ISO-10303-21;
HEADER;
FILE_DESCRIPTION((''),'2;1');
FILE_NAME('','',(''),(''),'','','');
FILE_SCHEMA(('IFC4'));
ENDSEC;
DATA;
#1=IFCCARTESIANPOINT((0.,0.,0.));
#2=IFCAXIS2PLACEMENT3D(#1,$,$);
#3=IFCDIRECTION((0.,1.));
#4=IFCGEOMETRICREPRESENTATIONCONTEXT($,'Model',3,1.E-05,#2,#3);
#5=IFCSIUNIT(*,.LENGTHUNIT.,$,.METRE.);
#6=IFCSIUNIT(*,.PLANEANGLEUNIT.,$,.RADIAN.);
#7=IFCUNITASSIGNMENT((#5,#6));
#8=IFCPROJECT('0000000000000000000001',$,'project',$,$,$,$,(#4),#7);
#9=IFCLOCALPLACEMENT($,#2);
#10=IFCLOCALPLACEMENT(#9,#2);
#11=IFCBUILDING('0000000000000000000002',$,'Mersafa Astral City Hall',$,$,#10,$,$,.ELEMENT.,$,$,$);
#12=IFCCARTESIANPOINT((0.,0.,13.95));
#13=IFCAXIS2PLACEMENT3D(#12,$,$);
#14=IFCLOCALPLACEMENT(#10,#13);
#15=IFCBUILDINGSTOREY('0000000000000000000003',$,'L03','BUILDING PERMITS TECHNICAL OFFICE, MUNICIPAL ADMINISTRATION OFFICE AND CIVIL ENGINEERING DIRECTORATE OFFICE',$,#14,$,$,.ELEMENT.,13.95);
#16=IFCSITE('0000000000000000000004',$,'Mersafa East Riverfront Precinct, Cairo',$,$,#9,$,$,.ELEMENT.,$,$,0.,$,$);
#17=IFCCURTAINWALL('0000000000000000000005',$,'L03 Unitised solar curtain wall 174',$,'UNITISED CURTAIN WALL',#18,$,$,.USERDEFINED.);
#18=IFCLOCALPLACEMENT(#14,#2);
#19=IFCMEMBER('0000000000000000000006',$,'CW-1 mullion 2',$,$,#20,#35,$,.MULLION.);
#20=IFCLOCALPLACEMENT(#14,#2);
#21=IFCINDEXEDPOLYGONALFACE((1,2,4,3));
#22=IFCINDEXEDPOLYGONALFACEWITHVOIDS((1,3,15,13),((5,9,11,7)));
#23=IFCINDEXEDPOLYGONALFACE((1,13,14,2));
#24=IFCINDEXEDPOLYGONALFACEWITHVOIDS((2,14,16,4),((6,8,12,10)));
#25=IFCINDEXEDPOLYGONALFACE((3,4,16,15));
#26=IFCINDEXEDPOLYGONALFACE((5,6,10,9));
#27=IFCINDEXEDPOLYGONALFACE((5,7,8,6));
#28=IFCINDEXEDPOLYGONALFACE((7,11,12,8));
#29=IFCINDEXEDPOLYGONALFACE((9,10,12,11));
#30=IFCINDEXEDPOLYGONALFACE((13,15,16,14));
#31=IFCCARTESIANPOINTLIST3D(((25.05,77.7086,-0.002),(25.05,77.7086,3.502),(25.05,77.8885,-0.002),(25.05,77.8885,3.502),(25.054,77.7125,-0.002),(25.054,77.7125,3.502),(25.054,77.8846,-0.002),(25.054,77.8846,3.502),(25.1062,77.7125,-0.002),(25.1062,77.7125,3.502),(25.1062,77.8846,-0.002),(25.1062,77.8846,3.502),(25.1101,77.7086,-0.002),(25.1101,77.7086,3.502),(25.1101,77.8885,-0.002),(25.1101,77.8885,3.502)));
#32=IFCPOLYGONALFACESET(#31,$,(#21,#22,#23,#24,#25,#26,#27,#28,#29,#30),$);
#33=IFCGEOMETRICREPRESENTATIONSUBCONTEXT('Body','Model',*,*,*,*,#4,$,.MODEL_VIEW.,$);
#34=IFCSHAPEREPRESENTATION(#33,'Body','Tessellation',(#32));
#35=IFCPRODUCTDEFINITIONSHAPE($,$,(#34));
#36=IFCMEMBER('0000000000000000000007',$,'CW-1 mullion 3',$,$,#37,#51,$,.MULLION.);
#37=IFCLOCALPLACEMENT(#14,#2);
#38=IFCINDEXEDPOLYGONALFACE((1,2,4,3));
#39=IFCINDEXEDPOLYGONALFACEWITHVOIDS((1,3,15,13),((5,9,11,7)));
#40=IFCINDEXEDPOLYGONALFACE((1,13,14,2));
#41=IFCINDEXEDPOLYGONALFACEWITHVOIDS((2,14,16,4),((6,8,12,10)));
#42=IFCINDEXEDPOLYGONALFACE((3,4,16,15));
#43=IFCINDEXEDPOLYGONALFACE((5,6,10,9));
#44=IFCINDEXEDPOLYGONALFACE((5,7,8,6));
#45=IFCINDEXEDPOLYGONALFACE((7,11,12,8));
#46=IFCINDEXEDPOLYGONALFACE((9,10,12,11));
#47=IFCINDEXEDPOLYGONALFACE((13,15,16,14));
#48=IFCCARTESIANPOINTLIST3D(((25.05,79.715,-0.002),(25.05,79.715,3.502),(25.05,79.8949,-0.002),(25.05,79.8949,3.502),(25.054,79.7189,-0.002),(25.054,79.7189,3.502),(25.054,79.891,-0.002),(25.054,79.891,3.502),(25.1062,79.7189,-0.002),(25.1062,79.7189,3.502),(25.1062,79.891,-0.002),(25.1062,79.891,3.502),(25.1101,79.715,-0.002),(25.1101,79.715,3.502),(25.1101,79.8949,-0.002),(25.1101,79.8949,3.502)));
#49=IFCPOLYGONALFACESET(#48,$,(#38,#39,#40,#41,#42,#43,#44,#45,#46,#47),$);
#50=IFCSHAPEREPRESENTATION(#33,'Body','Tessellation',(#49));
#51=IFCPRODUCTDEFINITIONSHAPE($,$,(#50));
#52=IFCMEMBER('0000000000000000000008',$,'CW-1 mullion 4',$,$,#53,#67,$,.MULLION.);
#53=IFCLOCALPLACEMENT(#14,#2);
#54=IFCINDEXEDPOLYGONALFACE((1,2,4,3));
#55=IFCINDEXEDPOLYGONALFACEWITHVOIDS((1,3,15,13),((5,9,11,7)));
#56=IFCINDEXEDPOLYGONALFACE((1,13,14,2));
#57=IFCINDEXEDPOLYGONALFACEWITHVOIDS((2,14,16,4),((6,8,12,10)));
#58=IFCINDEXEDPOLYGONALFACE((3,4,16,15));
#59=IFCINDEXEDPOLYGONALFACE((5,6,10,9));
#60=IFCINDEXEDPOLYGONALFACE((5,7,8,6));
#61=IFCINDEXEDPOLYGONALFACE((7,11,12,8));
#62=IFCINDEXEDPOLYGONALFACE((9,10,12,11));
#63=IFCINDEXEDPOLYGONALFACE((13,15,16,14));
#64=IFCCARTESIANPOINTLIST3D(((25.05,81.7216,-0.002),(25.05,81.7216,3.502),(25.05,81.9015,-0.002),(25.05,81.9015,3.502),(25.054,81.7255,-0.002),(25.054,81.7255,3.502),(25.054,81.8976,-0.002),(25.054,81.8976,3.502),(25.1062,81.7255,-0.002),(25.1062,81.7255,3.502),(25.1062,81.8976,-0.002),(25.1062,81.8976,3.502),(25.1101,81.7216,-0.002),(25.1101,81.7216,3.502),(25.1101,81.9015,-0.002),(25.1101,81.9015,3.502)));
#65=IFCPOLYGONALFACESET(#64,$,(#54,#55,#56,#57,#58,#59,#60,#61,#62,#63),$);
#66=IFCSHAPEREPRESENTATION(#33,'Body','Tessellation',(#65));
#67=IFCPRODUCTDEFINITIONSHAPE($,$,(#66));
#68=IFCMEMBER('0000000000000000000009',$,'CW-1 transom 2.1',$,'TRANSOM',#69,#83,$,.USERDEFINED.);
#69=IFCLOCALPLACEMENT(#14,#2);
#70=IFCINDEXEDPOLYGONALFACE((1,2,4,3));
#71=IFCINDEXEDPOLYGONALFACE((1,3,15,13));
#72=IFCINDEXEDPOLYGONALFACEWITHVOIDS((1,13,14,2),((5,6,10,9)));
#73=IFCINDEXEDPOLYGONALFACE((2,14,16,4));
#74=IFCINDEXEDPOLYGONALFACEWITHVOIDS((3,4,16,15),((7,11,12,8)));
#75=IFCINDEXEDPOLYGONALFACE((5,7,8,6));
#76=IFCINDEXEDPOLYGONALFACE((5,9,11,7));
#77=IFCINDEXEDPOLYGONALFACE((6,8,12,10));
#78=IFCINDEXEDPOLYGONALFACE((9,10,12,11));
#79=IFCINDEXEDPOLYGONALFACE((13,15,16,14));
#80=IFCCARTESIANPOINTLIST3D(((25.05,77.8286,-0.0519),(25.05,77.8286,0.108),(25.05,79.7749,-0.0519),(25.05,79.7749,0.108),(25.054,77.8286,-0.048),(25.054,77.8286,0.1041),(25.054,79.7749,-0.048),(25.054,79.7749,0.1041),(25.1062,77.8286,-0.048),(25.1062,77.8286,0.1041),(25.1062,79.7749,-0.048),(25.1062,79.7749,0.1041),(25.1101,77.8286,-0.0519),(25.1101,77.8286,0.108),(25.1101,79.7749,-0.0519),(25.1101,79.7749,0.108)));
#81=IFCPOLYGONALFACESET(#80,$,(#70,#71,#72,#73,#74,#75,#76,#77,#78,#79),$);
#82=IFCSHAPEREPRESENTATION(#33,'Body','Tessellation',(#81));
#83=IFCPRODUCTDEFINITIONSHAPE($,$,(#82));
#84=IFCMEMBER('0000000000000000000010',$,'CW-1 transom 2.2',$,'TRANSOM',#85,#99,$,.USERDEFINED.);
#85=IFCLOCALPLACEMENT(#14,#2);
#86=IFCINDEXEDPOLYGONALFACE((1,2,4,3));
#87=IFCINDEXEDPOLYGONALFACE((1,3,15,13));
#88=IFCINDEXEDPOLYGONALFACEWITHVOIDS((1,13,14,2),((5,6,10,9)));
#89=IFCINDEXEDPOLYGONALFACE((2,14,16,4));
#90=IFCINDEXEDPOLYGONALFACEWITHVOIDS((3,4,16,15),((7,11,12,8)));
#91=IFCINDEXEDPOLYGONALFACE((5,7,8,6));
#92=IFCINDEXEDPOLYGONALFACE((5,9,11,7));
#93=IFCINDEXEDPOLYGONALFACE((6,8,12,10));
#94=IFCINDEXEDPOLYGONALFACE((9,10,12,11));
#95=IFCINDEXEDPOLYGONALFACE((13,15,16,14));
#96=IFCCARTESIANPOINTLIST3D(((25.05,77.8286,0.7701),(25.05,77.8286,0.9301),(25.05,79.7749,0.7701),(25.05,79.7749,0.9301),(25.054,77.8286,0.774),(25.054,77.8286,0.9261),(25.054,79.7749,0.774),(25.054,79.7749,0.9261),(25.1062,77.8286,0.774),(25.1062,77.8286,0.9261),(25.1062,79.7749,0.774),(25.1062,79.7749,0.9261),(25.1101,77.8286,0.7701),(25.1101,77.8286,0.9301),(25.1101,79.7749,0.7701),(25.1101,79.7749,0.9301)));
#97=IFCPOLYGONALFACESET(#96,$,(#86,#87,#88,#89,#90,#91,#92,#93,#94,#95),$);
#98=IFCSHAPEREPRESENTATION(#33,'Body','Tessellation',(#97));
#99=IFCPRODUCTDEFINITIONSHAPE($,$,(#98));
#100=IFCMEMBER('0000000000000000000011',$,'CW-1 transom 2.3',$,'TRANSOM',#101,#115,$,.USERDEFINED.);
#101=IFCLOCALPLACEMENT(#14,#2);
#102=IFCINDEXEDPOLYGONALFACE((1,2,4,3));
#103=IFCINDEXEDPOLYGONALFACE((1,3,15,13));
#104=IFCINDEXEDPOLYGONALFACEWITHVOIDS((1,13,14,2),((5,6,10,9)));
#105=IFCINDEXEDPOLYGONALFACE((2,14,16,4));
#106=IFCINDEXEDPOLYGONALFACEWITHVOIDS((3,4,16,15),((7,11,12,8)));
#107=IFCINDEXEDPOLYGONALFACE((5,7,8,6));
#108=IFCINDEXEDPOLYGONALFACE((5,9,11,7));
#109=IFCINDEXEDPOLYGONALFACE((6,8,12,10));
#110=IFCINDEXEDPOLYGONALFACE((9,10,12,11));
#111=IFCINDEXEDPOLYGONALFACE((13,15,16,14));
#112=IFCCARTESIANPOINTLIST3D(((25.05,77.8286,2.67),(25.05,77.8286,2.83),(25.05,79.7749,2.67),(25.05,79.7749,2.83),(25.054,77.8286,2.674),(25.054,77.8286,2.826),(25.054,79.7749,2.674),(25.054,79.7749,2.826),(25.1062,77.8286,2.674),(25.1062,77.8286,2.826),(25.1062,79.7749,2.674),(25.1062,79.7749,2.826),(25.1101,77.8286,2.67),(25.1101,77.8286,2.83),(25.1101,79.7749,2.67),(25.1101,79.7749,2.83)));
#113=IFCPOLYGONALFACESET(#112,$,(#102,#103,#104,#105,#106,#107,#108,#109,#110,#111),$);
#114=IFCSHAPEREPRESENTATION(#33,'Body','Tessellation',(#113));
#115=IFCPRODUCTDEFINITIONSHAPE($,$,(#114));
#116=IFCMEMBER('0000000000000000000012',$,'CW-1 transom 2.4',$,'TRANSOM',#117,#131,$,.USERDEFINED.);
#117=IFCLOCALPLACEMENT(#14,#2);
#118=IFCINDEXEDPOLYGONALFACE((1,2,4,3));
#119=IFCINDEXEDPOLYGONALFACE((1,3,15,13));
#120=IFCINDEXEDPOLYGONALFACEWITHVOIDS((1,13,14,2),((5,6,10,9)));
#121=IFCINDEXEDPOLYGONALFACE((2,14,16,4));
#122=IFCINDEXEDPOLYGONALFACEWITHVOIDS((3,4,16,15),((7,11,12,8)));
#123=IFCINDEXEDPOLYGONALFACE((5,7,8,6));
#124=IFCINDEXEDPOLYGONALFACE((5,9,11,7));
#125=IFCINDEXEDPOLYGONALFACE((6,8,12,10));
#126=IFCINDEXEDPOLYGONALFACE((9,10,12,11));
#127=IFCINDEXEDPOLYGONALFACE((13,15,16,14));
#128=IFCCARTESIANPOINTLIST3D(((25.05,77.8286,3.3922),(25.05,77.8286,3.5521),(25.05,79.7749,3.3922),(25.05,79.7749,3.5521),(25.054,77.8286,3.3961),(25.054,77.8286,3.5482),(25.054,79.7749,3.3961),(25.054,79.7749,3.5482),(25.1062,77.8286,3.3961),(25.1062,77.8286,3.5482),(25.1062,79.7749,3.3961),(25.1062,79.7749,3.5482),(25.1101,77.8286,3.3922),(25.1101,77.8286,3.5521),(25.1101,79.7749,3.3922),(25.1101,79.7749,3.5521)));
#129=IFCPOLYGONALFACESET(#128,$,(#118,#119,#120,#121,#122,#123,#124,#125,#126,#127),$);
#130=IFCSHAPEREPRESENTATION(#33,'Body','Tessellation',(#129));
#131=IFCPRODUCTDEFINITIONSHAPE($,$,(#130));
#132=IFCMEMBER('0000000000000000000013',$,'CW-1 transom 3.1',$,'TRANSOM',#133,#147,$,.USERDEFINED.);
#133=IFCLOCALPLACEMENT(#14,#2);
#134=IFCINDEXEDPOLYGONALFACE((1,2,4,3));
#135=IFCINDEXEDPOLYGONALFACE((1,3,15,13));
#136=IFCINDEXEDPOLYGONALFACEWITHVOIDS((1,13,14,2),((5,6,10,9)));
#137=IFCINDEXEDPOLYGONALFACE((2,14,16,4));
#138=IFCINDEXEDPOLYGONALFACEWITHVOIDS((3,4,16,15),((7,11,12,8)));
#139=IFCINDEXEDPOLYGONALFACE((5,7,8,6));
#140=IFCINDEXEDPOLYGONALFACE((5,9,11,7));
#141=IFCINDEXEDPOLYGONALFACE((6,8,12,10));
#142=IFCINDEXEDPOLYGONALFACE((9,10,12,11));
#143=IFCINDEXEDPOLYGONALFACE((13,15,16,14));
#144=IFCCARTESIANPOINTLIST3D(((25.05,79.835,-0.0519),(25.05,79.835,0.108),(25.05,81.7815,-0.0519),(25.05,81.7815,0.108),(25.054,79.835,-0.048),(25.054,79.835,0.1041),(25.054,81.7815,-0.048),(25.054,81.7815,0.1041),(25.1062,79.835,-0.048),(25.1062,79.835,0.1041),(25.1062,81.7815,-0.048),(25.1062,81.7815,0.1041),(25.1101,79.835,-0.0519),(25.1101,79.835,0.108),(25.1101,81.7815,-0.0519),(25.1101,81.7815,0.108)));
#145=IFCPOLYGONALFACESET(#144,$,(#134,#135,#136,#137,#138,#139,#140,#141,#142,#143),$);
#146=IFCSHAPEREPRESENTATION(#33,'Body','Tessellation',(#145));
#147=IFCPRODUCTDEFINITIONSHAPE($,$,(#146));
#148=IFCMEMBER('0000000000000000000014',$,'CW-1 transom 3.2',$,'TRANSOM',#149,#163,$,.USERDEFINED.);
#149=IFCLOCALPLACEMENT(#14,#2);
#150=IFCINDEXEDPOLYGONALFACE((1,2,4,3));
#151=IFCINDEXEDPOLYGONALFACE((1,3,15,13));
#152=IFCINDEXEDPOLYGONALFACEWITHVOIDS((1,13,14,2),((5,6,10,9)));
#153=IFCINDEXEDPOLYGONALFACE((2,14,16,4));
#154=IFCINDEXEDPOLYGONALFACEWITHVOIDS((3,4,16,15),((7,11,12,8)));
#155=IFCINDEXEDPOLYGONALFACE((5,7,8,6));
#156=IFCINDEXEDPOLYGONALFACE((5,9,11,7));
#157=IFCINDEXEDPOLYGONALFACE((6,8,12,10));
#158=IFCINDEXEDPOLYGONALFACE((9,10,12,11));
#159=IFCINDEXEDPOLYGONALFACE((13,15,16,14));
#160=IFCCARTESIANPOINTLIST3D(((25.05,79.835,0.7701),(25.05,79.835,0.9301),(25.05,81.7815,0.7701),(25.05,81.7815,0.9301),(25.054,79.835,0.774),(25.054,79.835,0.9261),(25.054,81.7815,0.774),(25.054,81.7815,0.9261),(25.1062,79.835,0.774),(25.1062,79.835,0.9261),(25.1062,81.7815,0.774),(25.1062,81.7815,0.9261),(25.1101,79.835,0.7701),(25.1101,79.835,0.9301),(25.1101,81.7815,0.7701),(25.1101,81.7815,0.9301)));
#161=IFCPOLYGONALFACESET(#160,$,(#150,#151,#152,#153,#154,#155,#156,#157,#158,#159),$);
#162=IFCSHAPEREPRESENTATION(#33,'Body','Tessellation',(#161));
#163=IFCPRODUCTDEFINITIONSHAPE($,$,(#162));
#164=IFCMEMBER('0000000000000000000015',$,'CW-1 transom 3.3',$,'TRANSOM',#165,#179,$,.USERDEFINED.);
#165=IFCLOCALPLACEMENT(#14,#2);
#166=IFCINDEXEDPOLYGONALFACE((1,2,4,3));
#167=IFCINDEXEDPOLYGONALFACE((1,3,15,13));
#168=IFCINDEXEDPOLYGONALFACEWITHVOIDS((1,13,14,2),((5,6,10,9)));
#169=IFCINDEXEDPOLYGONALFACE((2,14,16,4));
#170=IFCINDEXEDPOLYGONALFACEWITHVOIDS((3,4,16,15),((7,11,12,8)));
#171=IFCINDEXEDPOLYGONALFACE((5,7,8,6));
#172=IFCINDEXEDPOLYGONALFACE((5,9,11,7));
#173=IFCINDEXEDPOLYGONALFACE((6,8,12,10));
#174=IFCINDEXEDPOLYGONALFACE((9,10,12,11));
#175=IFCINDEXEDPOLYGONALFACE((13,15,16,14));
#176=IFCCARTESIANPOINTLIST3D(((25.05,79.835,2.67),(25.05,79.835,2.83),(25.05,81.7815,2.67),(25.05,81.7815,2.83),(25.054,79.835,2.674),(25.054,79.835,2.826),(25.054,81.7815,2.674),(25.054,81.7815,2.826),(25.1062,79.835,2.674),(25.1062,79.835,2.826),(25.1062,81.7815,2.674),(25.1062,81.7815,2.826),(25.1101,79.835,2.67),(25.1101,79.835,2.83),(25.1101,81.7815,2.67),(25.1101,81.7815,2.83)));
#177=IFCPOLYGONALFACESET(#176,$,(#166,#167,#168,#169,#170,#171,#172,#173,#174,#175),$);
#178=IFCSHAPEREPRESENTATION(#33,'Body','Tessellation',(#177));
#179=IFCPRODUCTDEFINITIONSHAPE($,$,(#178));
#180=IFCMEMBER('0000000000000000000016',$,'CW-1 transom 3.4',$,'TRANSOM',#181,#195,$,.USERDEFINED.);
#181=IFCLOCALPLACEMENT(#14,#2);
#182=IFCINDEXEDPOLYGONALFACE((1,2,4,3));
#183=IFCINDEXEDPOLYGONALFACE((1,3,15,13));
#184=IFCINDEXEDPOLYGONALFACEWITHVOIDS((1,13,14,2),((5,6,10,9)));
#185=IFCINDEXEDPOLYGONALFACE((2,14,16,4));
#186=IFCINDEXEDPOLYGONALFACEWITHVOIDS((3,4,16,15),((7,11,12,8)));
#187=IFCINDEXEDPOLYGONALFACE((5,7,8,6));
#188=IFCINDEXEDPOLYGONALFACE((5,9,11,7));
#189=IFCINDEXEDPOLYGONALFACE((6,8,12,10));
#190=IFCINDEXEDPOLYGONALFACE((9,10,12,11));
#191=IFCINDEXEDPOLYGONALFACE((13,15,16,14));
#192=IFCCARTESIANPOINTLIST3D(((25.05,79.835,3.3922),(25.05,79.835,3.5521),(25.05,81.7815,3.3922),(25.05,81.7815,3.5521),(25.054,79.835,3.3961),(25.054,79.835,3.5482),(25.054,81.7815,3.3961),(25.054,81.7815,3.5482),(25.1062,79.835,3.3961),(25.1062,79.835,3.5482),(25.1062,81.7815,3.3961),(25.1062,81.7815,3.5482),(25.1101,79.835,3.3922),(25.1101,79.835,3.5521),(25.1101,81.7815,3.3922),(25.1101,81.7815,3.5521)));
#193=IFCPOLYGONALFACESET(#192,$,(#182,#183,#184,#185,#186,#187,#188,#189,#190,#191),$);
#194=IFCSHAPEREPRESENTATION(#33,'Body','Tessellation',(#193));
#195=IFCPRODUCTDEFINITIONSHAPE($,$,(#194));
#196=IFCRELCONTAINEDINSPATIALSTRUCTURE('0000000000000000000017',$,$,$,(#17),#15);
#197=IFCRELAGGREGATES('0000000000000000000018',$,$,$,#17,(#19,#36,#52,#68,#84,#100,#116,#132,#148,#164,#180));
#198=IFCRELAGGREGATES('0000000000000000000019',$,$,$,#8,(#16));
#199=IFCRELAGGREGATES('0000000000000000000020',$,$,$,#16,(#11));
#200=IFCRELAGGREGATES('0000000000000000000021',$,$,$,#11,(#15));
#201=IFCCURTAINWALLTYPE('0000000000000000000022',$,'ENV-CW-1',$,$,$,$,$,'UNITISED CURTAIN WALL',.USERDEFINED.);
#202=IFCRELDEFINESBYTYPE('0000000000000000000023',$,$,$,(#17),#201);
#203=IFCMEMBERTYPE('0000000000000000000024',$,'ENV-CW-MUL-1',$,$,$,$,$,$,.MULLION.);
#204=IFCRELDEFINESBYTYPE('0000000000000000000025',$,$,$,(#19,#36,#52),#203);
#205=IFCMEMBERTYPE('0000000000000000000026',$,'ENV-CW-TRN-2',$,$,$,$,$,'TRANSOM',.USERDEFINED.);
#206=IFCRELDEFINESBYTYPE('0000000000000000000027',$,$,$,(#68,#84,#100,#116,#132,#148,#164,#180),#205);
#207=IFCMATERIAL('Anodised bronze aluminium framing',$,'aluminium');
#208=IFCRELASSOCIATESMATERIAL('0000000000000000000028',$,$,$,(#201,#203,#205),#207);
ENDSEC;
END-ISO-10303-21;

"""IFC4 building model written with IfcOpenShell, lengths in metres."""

from ifc_helpers import new_model, si_unit, direction, frame, origin, origin_2d, place, context, subcontext, project, spatial, hollow_rectangle, extrude, material, material_profile, profile_set, type_object, element, aggregate, save


model = new_model("IFC4")

# Units and contexts
model_context = context("Model", 3, precision=1e-05, world=origin(), true_north=direction((0.0, 1.0)))
body_context = subcontext(model_context, "Body", "Model", "MODEL_VIEW")
ifc_project = project(units=[si_unit("LENGTHUNIT", "METRE"), si_unit("PLANEANGLEUNIT", "RADIAN")], contexts=[model_context])

# Site, building, storey
site_placement = place(None, origin())
site = spatial("IfcSite", under=ifc_project, at=site_placement, Name="Mersafa East Riverfront Precinct, Cairo", CompositionType="ELEMENT", RefElevation=0.0)
building_placement = place(site_placement, origin())
building = spatial("IfcBuilding", under=site, at=building_placement, Name="Mersafa Astral City Hall", CompositionType="ELEMENT")
storey_placement = place(building_placement, frame((0.0, 0.0, 13.95)))
storey = spatial("IfcBuildingStorey", under=building, at=storey_placement, Name="L03", Description="BUILDING PERMITS TECHNICAL OFFICE, MUNICIPAL ADMINISTRATION OFFICE AND CIVIL ENGINEERING DIRECTORATE OFFICE", CompositionType="ELEMENT", Elevation=13.95)

# Curtain wall, members
ifc_material_1 = material(Name="Anodised bronze aluminium framing", Category="aluminium")
curtain_wall_type = type_object("IfcCurtainWallType", Name="ENV-CW-1", ElementType="UNITISED CURTAIN WALL", PredefinedType="USERDEFINED", material=ifc_material_1)
curtain_wall_placement = place(storey_placement, origin())
curtain_wall = element("IfcCurtainWall", 1, at=curtain_wall_placement, inside=storey, type_object=curtain_wall_type, Name="L03 Unitised solar curtain wall 174", ObjectType="UNITISED CURTAIN WALL", PredefinedType="USERDEFINED")
ifc_material_profile_1 = material_profile(ifc_material_1, hollow_rectangle(XDim=0.0601, YDim=0.1799, WallThickness=0.0039, at=origin_2d()), Name="RHS 60x180x4")
ifc_profile_set_1 = profile_set([ifc_material_profile_1], Name="Anodised bronze aluminium framing")
member_type_1 = type_object("IfcMemberType", Name="ENV-CW-MUL-1", PredefinedType="MULLION", material=ifc_profile_set_1)
member_1_placement = place(storey_placement, frame((25.0801, 77.7986, -0.002), z_axis=(0.0, 0.0, 1.0), x_axis=(-1.0, 0.0, 0.0)))
member_1 = element("IfcMember", 2, at=member_1_placement, type_object=member_type_1, Name="CW-1 mullion 2", PredefinedType="MULLION", context=body_context, shape_type="SweptSolid", body=[
    extrude(hollow_rectangle(XDim=0.0601, YDim=0.1799, WallThickness=0.0039, at=origin_2d()), origin(), (0.0, 0.0, 1.0), 3.5039),
])
member_2_placement = place(storey_placement, frame((25.0801, 79.8049, -0.002), z_axis=(0.0, 0.0, 1.0), x_axis=(-1.0, 0.0, 0.0)))
member_2 = element("IfcMember", 3, at=member_2_placement, type_object=member_type_1, Name="CW-1 mullion 3", PredefinedType="MULLION", context=body_context, shape_type="SweptSolid", body=[
    extrude(hollow_rectangle(XDim=0.0601, YDim=0.1799, WallThickness=0.0039, at=origin_2d()), origin(), (0.0, 0.0, 1.0), 3.5039),
])
member_3_placement = place(storey_placement, frame((25.0801, 81.8115, -0.002), z_axis=(0.0, 0.0, 1.0), x_axis=(-1.0, 0.0, 0.0)))
member_3 = element("IfcMember", 4, at=member_3_placement, type_object=member_type_1, Name="CW-1 mullion 4", PredefinedType="MULLION", context=body_context, shape_type="SweptSolid", body=[
    extrude(hollow_rectangle(XDim=0.0601, YDim=0.1799, WallThickness=0.0039, at=origin_2d()), origin(), (0.0, 0.0, 1.0), 3.5039),
])
ifc_material_profile_2 = material_profile(ifc_material_1, hollow_rectangle(XDim=0.0601, YDim=0.1599, WallThickness=0.0039, at=origin_2d()), Name="RHS 60x160x4")
ifc_profile_set_2 = profile_set([ifc_material_profile_2], Name="Anodised bronze aluminium framing")
member_type_2 = type_object("IfcMemberType", Name="ENV-CW-TRN-2", ElementType="TRANSOM", PredefinedType="USERDEFINED", material=ifc_profile_set_2)
member_4_placement = place(storey_placement, frame((25.0801, 77.8286, 0.0281), z_axis=(0.0, 1.0, 0.0), x_axis=(-1.0, 0.0, 0.0)))
member_4 = element("IfcMember", 5, at=member_4_placement, type_object=member_type_2, Name="CW-1 transom 2.1", ObjectType="TRANSOM", PredefinedType="USERDEFINED", context=body_context, shape_type="SweptSolid", body=[
    extrude(hollow_rectangle(XDim=0.0601, YDim=0.1599, WallThickness=0.0039, at=origin_2d()), origin(), (0.0, 0.0, 1.0), 1.9463),
])
member_5_placement = place(storey_placement, frame((25.0801, 77.8286, 0.8501), z_axis=(0.0, 1.0, 0.0), x_axis=(-1.0, 0.0, 0.0)))
member_5 = element("IfcMember", 6, at=member_5_placement, type_object=member_type_2, Name="CW-1 transom 2.2", ObjectType="TRANSOM", PredefinedType="USERDEFINED", context=body_context, shape_type="SweptSolid", body=[
    extrude(hollow_rectangle(XDim=0.0601, YDim=0.1599, WallThickness=0.0039, at=origin_2d()), origin(), (0.0, 0.0, 1.0), 1.9463),
])
member_6_placement = place(storey_placement, frame((25.0801, 77.8286, 2.75), z_axis=(0.0, 1.0, 0.0), x_axis=(-1.0, 0.0, 0.0)))
member_6 = element("IfcMember", 7, at=member_6_placement, type_object=member_type_2, Name="CW-1 transom 2.3", ObjectType="TRANSOM", PredefinedType="USERDEFINED", context=body_context, shape_type="SweptSolid", body=[
    extrude(hollow_rectangle(XDim=0.0601, YDim=0.1599, WallThickness=0.0039, at=origin_2d()), origin(), (0.0, 0.0, 1.0), 1.9463),
])
member_7_placement = place(storey_placement, frame((25.0801, 77.8286, 3.4722), z_axis=(0.0, 1.0, 0.0), x_axis=(-1.0, 0.0, 0.0)))
member_7 = element("IfcMember", 8, at=member_7_placement, type_object=member_type_2, Name="CW-1 transom 2.4", ObjectType="TRANSOM", PredefinedType="USERDEFINED", context=body_context, shape_type="SweptSolid", body=[
    extrude(hollow_rectangle(XDim=0.0601, YDim=0.1599, WallThickness=0.0039, at=origin_2d()), origin(), (0.0, 0.0, 1.0), 1.9463),
])
member_8_placement = place(storey_placement, frame((25.0801, 79.835, 0.0281), z_axis=(0.0, 1.0, 0.0), x_axis=(-1.0, 0.0, 0.0)))
member_8 = element("IfcMember", 9, at=member_8_placement, type_object=member_type_2, Name="CW-1 transom 3.1", ObjectType="TRANSOM", PredefinedType="USERDEFINED", context=body_context, shape_type="SweptSolid", body=[
    extrude(hollow_rectangle(XDim=0.0601, YDim=0.1599, WallThickness=0.0039, at=origin_2d()), origin(), (0.0, 0.0, 1.0), 1.9465),
])
member_9_placement = place(storey_placement, frame((25.0801, 79.835, 0.8501), z_axis=(0.0, 1.0, 0.0), x_axis=(-1.0, 0.0, 0.0)))
member_9 = element("IfcMember", 10, at=member_9_placement, type_object=member_type_2, Name="CW-1 transom 3.2", ObjectType="TRANSOM", PredefinedType="USERDEFINED", context=body_context, shape_type="SweptSolid", body=[
    extrude(hollow_rectangle(XDim=0.0601, YDim=0.1599, WallThickness=0.0039, at=origin_2d()), origin(), (0.0, 0.0, 1.0), 1.9465),
])
member_10_placement = place(storey_placement, frame((25.0801, 79.835, 2.75), z_axis=(0.0, 1.0, 0.0), x_axis=(-1.0, 0.0, 0.0)))
member_10 = element("IfcMember", 11, at=member_10_placement, type_object=member_type_2, Name="CW-1 transom 3.3", ObjectType="TRANSOM", PredefinedType="USERDEFINED", context=body_context, shape_type="SweptSolid", body=[
    extrude(hollow_rectangle(XDim=0.0601, YDim=0.1599, WallThickness=0.0039, at=origin_2d()), origin(), (0.0, 0.0, 1.0), 1.9465),
])
member_11_placement = place(storey_placement, frame((25.0801, 79.835, 3.4722), z_axis=(0.0, 1.0, 0.0), x_axis=(-1.0, 0.0, 0.0)))
member_11 = element("IfcMember", 12, at=member_11_placement, type_object=member_type_2, Name="CW-1 transom 3.4", ObjectType="TRANSOM", PredefinedType="USERDEFINED", context=body_context, shape_type="SweptSolid", body=[
    extrude(hollow_rectangle(XDim=0.0601, YDim=0.1599, WallThickness=0.0039, at=origin_2d()), origin(), (0.0, 0.0, 1.0), 1.9465),
])
aggregate(curtain_wall, [member_1, member_2, member_3, member_4, member_5, member_6, member_7, member_8, member_9, member_10, member_11])

save(model, "model.ifc")
